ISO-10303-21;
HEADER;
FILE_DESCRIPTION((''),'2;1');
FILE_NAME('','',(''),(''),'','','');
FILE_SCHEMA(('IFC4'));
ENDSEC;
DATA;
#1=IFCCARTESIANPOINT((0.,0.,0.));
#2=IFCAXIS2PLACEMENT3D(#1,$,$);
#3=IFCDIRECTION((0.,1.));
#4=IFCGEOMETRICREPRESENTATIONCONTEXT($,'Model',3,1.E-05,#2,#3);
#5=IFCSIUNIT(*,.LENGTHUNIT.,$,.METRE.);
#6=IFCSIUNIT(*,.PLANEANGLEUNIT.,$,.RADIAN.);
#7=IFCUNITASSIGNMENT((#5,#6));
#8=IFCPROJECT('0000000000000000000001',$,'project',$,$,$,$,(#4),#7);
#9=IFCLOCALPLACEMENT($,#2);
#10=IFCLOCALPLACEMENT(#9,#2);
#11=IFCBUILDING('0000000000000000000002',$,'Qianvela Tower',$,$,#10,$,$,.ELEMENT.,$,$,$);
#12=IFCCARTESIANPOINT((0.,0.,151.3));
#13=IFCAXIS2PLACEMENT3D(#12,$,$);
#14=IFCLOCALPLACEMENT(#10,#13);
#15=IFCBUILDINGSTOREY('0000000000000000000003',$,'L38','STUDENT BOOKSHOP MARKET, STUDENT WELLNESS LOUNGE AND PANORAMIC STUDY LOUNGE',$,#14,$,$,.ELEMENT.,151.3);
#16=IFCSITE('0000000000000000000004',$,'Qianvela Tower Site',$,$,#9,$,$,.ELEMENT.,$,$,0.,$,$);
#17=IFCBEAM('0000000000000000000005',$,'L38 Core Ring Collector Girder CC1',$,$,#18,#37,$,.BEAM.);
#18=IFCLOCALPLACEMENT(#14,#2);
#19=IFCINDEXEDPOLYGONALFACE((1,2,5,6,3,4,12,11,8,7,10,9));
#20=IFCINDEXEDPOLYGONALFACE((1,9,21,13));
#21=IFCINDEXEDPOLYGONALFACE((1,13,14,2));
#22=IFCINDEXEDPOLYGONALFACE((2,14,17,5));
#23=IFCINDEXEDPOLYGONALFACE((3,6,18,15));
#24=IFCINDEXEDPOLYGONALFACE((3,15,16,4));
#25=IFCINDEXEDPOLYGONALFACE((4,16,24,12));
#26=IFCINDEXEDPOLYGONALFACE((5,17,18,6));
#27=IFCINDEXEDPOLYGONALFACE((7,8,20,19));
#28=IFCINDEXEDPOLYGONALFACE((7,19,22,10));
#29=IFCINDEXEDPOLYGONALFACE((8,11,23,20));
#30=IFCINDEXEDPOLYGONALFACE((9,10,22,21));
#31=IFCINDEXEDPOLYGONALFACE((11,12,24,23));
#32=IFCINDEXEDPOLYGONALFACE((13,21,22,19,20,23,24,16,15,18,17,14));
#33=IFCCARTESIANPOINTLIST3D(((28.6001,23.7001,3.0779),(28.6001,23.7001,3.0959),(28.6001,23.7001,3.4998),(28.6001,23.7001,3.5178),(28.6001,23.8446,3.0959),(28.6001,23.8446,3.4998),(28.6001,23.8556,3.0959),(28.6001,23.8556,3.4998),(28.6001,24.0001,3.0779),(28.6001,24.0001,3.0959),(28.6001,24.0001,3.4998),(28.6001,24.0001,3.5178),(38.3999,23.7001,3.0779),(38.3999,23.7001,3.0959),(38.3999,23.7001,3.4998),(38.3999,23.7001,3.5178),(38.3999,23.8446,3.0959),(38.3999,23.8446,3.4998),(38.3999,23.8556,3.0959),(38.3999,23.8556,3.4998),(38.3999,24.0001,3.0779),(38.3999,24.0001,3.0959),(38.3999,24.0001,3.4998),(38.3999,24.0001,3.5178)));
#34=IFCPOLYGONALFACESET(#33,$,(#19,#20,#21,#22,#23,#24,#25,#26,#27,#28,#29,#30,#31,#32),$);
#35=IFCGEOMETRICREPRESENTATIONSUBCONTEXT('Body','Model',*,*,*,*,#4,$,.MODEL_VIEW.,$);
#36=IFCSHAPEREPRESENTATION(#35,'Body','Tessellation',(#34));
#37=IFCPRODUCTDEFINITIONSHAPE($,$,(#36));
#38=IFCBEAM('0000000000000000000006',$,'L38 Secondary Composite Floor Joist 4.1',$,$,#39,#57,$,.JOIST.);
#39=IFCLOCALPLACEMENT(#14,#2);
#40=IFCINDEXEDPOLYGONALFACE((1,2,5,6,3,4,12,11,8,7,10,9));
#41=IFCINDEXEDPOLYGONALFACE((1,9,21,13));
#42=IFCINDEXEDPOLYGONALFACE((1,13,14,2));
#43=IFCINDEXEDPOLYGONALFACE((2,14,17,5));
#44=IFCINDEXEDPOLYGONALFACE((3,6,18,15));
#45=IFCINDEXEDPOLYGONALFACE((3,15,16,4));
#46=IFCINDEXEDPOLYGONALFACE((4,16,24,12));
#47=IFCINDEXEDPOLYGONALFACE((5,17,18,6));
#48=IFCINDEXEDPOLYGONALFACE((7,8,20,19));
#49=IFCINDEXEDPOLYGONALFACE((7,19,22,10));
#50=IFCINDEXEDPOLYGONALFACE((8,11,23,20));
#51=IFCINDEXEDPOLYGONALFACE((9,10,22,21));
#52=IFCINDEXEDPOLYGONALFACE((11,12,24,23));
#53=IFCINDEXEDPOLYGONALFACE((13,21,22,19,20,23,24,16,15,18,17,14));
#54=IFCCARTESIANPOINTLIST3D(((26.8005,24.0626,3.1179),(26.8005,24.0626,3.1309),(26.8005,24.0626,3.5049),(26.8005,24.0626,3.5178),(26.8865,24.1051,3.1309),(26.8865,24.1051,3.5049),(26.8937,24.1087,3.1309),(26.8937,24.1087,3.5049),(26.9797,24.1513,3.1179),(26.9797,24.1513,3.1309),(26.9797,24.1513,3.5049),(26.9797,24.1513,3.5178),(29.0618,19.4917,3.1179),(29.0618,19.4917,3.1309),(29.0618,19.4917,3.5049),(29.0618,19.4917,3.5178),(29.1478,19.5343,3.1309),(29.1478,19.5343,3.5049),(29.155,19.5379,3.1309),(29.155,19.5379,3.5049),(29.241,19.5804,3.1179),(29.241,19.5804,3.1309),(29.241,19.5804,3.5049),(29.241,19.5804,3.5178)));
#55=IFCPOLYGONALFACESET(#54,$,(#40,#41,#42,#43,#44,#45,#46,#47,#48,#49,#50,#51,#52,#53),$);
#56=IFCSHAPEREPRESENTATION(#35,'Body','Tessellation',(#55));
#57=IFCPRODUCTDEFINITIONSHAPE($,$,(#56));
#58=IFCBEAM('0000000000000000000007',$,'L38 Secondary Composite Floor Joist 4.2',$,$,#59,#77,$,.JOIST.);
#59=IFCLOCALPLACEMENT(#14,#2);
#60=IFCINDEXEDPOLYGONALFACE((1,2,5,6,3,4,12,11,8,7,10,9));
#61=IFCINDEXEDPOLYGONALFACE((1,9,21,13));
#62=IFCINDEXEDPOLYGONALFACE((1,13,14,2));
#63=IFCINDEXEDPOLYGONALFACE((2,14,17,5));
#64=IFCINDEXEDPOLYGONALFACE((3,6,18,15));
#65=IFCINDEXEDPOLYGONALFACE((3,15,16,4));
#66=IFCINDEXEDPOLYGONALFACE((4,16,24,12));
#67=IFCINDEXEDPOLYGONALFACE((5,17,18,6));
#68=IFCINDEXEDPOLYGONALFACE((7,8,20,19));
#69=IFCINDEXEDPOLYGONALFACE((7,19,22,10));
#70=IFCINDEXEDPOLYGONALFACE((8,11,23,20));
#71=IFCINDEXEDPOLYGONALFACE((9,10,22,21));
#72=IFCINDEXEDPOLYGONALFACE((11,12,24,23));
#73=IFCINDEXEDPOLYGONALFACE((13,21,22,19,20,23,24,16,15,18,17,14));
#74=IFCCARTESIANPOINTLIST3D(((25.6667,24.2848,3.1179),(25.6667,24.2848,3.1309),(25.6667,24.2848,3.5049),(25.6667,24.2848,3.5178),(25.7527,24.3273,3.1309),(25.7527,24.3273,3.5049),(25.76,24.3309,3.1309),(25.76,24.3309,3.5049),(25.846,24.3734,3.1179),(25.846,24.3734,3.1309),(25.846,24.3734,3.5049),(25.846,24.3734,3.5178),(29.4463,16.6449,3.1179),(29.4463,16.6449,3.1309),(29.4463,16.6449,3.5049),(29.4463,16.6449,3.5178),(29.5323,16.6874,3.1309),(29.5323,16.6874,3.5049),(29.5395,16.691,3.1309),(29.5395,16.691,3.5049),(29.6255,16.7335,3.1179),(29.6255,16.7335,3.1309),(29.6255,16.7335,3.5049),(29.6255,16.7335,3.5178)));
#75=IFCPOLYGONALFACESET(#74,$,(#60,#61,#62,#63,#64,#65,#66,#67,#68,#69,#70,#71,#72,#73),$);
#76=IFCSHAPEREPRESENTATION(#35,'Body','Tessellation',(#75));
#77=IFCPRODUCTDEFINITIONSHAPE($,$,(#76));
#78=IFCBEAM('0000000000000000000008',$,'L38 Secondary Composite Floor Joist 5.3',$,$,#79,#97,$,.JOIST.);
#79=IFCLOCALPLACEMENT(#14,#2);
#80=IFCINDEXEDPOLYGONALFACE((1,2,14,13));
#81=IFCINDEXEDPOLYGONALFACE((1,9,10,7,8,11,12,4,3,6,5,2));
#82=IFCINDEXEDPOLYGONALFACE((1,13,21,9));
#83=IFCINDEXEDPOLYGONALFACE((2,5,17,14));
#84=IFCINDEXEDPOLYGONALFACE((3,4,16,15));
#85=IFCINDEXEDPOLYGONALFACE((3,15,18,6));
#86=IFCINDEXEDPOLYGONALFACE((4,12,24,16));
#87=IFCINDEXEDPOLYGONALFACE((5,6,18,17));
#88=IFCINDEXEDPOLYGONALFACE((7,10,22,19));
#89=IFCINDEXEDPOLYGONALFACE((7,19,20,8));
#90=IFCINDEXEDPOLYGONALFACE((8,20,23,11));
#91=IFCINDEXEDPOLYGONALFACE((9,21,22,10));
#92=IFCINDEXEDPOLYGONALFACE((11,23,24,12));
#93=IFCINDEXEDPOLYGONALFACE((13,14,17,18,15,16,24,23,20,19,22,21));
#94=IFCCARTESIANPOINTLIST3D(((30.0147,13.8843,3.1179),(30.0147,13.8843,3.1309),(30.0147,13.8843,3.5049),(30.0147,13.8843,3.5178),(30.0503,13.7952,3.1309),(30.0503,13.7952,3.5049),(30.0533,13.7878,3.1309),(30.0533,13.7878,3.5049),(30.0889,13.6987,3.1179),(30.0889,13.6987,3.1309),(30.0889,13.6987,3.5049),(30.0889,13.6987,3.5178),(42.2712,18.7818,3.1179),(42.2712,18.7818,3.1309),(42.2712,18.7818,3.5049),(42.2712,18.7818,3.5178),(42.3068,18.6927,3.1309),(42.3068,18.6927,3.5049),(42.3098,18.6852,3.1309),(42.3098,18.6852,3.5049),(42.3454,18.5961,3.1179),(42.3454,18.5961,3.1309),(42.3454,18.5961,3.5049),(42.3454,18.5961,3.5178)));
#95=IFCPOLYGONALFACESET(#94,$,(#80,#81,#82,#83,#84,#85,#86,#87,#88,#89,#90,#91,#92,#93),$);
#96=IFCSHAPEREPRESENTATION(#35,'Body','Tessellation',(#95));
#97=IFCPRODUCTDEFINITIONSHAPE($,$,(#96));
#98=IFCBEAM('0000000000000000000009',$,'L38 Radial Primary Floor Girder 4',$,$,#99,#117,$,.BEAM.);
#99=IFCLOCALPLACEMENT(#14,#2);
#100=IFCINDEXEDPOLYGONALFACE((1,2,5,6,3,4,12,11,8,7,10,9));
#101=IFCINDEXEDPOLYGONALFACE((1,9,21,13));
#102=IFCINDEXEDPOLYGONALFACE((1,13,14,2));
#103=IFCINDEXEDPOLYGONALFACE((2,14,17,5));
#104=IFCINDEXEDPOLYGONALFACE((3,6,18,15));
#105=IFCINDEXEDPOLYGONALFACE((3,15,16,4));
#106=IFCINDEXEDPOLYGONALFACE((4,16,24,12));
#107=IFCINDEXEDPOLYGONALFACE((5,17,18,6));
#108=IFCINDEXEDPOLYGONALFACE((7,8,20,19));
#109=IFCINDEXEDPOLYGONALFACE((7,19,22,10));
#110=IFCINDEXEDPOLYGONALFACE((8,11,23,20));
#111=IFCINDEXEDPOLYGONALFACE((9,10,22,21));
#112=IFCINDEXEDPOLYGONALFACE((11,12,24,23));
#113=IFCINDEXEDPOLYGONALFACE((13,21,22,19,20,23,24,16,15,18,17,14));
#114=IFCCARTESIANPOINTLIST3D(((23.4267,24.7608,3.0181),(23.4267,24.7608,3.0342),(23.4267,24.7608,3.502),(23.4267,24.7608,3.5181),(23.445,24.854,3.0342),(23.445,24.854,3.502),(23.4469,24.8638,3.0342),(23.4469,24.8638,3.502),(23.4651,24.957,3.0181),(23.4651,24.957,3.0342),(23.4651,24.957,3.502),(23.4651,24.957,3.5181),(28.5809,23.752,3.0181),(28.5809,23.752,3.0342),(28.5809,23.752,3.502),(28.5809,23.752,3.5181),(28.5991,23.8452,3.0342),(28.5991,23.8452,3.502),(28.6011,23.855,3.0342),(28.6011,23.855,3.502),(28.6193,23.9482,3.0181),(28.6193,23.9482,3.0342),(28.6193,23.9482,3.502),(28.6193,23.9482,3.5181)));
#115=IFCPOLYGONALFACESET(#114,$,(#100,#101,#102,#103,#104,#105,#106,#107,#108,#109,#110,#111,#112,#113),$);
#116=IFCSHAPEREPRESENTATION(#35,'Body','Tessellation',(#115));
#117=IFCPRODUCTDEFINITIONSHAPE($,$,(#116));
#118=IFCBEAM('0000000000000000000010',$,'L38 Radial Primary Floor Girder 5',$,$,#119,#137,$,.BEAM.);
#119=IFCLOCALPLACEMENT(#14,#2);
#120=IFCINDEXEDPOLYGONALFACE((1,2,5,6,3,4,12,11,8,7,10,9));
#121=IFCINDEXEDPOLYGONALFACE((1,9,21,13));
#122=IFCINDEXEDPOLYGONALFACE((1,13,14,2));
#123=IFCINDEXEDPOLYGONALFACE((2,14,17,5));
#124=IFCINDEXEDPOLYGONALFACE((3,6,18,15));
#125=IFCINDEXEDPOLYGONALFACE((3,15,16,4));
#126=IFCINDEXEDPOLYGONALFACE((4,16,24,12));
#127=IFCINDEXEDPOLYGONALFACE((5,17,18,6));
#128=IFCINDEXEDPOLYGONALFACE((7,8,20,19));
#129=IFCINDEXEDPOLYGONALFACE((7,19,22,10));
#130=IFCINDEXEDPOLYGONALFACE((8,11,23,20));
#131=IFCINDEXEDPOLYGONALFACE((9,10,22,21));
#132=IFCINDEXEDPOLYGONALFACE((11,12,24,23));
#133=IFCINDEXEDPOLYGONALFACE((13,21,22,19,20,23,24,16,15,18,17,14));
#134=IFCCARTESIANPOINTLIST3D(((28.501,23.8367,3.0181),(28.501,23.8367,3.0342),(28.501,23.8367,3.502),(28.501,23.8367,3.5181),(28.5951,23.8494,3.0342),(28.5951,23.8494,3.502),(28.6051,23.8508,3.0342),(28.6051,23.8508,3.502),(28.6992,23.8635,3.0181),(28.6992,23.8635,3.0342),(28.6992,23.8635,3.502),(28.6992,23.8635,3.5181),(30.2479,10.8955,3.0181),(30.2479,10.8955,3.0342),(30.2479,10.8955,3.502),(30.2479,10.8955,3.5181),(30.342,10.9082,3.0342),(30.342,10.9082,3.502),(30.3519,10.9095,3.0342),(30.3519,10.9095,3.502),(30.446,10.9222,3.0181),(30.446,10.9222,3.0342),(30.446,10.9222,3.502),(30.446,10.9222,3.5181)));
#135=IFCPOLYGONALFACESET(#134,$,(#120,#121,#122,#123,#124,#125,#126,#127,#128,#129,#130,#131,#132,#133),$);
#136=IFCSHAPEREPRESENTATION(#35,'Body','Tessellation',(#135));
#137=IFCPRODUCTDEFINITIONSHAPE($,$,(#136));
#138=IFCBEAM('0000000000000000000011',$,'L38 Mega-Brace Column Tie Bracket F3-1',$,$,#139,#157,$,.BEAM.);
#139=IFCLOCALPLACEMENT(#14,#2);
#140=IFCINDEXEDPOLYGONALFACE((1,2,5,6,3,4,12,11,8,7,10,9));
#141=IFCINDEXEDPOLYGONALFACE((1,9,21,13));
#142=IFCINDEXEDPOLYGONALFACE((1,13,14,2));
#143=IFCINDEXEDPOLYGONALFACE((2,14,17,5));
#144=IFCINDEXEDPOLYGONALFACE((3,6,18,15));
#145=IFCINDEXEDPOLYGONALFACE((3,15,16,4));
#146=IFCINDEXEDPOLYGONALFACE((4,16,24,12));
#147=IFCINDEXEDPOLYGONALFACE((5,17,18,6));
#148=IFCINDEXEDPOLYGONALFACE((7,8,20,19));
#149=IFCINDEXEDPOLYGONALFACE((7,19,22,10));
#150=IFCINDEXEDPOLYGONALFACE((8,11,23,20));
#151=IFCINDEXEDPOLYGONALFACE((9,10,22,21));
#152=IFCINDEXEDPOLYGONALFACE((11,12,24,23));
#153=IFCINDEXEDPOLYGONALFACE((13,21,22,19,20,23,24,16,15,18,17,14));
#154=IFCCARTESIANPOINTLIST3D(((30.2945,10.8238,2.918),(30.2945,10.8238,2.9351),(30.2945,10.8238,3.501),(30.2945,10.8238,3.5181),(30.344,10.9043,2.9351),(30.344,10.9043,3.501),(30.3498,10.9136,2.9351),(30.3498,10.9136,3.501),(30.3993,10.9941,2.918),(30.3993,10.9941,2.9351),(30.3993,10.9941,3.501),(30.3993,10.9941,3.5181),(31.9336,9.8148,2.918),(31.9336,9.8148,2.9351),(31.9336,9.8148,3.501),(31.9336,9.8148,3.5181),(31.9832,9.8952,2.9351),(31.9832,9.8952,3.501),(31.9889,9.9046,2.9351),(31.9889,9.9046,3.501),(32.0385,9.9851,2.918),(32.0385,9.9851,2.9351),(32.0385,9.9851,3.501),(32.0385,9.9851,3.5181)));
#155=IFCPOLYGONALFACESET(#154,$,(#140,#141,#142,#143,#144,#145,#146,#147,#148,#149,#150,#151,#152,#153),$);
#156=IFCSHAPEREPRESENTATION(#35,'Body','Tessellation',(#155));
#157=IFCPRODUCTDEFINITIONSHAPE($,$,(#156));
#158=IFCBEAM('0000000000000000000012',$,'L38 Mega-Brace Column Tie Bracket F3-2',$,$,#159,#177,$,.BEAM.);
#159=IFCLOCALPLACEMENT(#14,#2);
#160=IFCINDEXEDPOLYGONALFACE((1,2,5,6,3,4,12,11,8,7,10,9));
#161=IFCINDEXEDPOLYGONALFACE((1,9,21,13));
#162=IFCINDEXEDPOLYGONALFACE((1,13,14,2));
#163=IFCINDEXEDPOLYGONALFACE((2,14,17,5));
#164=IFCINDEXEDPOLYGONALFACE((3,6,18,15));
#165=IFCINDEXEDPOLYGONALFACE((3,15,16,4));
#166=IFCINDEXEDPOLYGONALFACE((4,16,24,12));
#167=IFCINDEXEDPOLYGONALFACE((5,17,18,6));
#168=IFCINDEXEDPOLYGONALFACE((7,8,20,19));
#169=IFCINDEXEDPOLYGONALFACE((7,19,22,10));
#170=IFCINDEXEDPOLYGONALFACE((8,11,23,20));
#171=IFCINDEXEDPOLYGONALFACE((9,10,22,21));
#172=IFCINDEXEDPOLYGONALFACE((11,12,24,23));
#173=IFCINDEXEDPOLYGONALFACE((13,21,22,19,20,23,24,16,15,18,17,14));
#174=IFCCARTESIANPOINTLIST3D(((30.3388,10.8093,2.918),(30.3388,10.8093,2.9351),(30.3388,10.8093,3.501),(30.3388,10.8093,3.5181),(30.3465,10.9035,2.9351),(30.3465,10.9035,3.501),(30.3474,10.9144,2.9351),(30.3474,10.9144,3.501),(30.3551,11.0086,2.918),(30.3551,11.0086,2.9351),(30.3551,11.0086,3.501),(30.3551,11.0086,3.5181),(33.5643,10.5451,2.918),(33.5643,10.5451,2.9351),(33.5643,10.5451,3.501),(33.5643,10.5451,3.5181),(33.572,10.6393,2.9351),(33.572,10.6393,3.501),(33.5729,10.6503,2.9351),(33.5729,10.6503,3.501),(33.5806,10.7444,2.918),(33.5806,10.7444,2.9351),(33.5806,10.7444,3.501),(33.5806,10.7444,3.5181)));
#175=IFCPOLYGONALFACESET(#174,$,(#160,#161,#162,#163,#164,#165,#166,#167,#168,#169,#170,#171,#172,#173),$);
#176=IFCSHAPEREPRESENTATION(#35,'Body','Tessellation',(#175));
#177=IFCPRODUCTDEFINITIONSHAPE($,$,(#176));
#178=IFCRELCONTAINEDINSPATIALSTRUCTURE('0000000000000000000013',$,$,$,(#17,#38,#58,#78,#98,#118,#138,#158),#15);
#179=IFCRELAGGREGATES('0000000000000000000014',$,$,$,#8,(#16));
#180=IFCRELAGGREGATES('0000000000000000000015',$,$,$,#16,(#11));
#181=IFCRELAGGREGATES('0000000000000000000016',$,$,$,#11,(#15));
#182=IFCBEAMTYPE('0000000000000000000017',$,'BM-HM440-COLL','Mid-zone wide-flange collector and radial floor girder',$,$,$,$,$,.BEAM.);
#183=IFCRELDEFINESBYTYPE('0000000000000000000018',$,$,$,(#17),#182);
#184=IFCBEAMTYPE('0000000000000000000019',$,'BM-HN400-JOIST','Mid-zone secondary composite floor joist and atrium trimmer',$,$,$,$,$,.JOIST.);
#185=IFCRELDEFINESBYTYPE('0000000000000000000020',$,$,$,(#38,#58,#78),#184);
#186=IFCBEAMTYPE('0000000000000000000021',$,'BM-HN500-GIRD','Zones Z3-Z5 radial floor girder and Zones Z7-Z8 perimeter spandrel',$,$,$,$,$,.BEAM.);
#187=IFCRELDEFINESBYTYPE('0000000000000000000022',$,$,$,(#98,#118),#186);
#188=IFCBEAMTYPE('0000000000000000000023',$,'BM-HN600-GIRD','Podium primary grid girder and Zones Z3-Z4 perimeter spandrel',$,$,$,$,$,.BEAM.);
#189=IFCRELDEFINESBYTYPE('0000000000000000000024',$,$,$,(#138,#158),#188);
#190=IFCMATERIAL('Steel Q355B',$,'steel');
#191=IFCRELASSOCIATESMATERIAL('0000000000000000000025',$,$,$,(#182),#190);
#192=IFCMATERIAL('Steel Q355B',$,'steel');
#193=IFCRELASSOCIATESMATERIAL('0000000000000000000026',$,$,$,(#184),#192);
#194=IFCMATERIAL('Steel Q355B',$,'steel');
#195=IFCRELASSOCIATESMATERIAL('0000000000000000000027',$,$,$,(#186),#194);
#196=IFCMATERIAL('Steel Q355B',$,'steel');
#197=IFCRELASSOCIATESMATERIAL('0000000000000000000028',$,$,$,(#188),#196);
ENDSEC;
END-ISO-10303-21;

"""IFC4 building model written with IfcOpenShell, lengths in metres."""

from ifc_helpers import new_model, si_unit, direction, frame, origin, origin_2d, place, context, subcontext, project, spatial, i_section, extrude, material, material_profile, profile_set, type_object, element, save


model = new_model("IFC4")

# Units and contexts
model_context = context("Model", 3, precision=1e-05, world=origin(), true_north=direction((0.0, 1.0)))
body_context = subcontext(model_context, "Body", "Model", "MODEL_VIEW")
ifc_project = project(units=[si_unit("LENGTHUNIT", "METRE"), si_unit("PLANEANGLEUNIT", "RADIAN")], contexts=[model_context])

# Site, building, storey
site_placement = place(None, origin())
site = spatial("IfcSite", under=ifc_project, at=site_placement, Name="Qianvela Tower Site", CompositionType="ELEMENT", RefElevation=0.0)
building_placement = place(site_placement, origin())
building = spatial("IfcBuilding", under=site, at=building_placement, Name="Qianvela Tower", CompositionType="ELEMENT")
storey_placement = place(building_placement, frame((0.0, 0.0, 151.3)))
storey = spatial("IfcBuildingStorey", under=building, at=storey_placement, Name="L38", Description="STUDENT BOOKSHOP MARKET, STUDENT WELLNESS LOUNGE AND PANORAMIC STUDY LOUNGE", CompositionType="ELEMENT", Elevation=151.3)

# Beams
ifc_material_1 = material(Name="Steel Q355B", Category="steel")
ifc_material_profile_1 = material_profile(ifc_material_1, i_section(OverallWidth=0.3, OverallDepth=0.4399, WebThickness=0.011, FlangeThickness=0.0181, at=origin_2d()), Name="HM440x300x11x18")
ifc_profile_set_1 = profile_set([ifc_material_profile_1], Name="Steel Q355B")
beam_type_1 = type_object("IfcBeamType", Name="BM-HM440-COLL", Description="Mid-zone wide-flange collector and radial floor girder", PredefinedType="BEAM", material=ifc_profile_set_1)
beam_1_placement = place(storey_placement, frame((28.6001, 23.8501, 3.2979), z_axis=(1.0, 0.0, 0.0), x_axis=(0.0, 1.0, 0.0)))
element("IfcBeam", 1, at=beam_1_placement, inside=storey, type_object=beam_type_1, Name="L38 Core Ring Collector Girder CC1", PredefinedType="BEAM", context=body_context, shape_type="SweptSolid", body=[
    extrude(i_section(OverallWidth=0.3, OverallDepth=0.4399, WebThickness=0.011, FlangeThickness=0.0181, at=origin_2d()), origin(), (0.0, 0.0, 1.0), 9.7998),
])
ifc_material_2 = material(Name="Steel Q355B", Category="steel")
ifc_material_profile_2 = material_profile(ifc_material_2, i_section(OverallWidth=0.2, OverallDepth=0.3999, WebThickness=0.0081, FlangeThickness=0.0129, at=origin_2d()), Name="HN400x200x8x13")
ifc_profile_set_2 = profile_set([ifc_material_profile_2], Name="Steel Q355B")
beam_type_2 = type_object("IfcBeamType", Name="BM-HN400-JOIST", Description="Mid-zone secondary composite floor joist and atrium trimmer", PredefinedType="JOIST", material=ifc_profile_set_2)
beam_2_placement = place(storey_placement, frame((26.8901, 24.1069, 3.3179), z_axis=(0.443418, -0.896315, 0.0), x_axis=(0.896315, 0.443418, 0.0)))
element("IfcBeam", 2, at=beam_2_placement, inside=storey, type_object=beam_type_2, Name="L38 Secondary Composite Floor Joist 4.1", PredefinedType="JOIST", context=body_context, shape_type="SweptSolid", body=[
    extrude(i_section(OverallWidth=0.2, OverallDepth=0.3999, WebThickness=0.0081, FlangeThickness=0.0129, at=origin_2d()), origin(), (0.0, 0.0, 1.0), 5.0996),
])
beam_3_placement = place(storey_placement, frame((25.7563, 24.3291, 3.3179), z_axis=(0.443417, -0.896315, 0.0), x_axis=(0.896315, 0.443417, 0.0)))
element("IfcBeam", 3, at=beam_3_placement, inside=storey, type_object=beam_type_2, Name="L38 Secondary Composite Floor Joist 4.2", PredefinedType="JOIST", context=body_context, shape_type="SweptSolid", body=[
    extrude(i_section(OverallWidth=0.2, OverallDepth=0.3999, WebThickness=0.0081, FlangeThickness=0.0129, at=origin_2d()), origin(), (0.0, 0.0, 1.0), 8.5237),
])
beam_4_placement = place(storey_placement, frame((30.0518, 13.7915, 3.3179), z_axis=(0.928612, 0.371053, 0.0), x_axis=(-0.371053, 0.928612, 0.0)))
element("IfcBeam", 4, at=beam_4_placement, inside=storey, type_object=beam_type_2, Name="L38 Secondary Composite Floor Joist 5.3", PredefinedType="JOIST", context=body_context, shape_type="SweptSolid", body=[
    extrude(i_section(OverallWidth=0.2, OverallDepth=0.3999, WebThickness=0.0081, FlangeThickness=0.0129, at=origin_2d()), origin(), (0.0, 0.0, 1.0), 13.1987),
])
ifc_material_3 = material(Name="Steel Q355B", Category="steel")
ifc_material_profile_3 = material_profile(ifc_material_3, i_section(OverallWidth=0.2, OverallDepth=0.5, WebThickness=0.01, FlangeThickness=0.0161, at=origin_2d()), Name="HN500x200x10x16")
ifc_profile_set_3 = profile_set([ifc_material_profile_3], Name="Steel Q355B")
beam_type_3 = type_object("IfcBeamType", Name="BM-HN500-GIRD", Description="Zones Z3-Z5 radial floor girder and Zones Z7-Z8 perimeter spandrel", PredefinedType="BEAM", material=ifc_profile_set_3)
beam_5_placement = place(storey_placement, frame((28.6001, 23.8501, 3.2681), z_axis=(-0.981379, 0.192083, 0.0), x_axis=(-0.192083, -0.981379, 0.0)))
element("IfcBeam", 5, at=beam_5_placement, inside=storey, type_object=beam_type_3, Name="L38 Radial Primary Floor Girder 4", PredefinedType="BEAM", context=body_context, shape_type="SweptSolid", body=[
    extrude(i_section(OverallWidth=0.2, OverallDepth=0.5, WebThickness=0.01, FlangeThickness=0.0161, at=origin_2d()), origin(), (0.0, 0.0, 1.0), 5.252),
])
beam_6_placement = place(storey_placement, frame((28.6001, 23.8501, 3.2681), z_axis=(0.133769, -0.991013, 0.0), x_axis=(0.991013, 0.133769, 0.0)))
element("IfcBeam", 6, at=beam_6_placement, inside=storey, type_object=beam_type_3, Name="L38 Radial Primary Floor Girder 5", PredefinedType="BEAM", context=body_context, shape_type="SweptSolid", body=[
    extrude(i_section(OverallWidth=0.2, OverallDepth=0.5, WebThickness=0.01, FlangeThickness=0.0161, at=origin_2d()), origin(), (0.0, 0.0, 1.0), 13.0586),
])
ifc_material_4 = material(Name="Steel Q355B", Category="steel")
ifc_material_profile_4 = material_profile(ifc_material_4, i_section(OverallWidth=0.2, OverallDepth=0.6001, WebThickness=0.011, FlangeThickness=0.0171, at=origin_2d()), Name="HN600x200x11x17")
ifc_profile_set_4 = profile_set([ifc_material_profile_4], Name="Steel Q355B")
beam_type_4 = type_object("IfcBeamType", Name="BM-HN600-GIRD", Description="Podium primary grid girder and Zones Z3-Z4 perimeter spandrel", PredefinedType="BEAM", material=ifc_profile_set_4)
beam_7_placement = place(storey_placement, frame((30.3469, 10.9089, 3.218), z_axis=(0.851584, -0.524218, 0.0), x_axis=(0.524218, 0.851584, 0.0)))
element("IfcBeam", 7, at=beam_7_placement, inside=storey, type_object=beam_type_4, Name="L38 Mega-Brace Column Tie Bracket F3-1", PredefinedType="BEAM", context=body_context, shape_type="SweptSolid", body=[
    extrude(i_section(OverallWidth=0.2, OverallDepth=0.6001, WebThickness=0.011, FlangeThickness=0.0171, at=origin_2d()), origin(), (0.0, 0.0, 1.0), 1.9248),
])
beam_8_placement = place(storey_placement, frame((30.3469, 10.9089, 3.218), z_axis=(0.996663, -0.081622, 0.0), x_axis=(0.081622, 0.996663, 0.0)))
element("IfcBeam", 8, at=beam_8_placement, inside=storey, type_object=beam_type_4, Name="L38 Mega-Brace Column Tie Bracket F3-2", PredefinedType="BEAM", context=body_context, shape_type="SweptSolid", body=[
    extrude(i_section(OverallWidth=0.2, OverallDepth=0.6001, WebThickness=0.011, FlangeThickness=0.0171, at=origin_2d()), origin(), (0.0, 0.0, 1.0), 3.2363),
])

save(model, "model.ifc")
